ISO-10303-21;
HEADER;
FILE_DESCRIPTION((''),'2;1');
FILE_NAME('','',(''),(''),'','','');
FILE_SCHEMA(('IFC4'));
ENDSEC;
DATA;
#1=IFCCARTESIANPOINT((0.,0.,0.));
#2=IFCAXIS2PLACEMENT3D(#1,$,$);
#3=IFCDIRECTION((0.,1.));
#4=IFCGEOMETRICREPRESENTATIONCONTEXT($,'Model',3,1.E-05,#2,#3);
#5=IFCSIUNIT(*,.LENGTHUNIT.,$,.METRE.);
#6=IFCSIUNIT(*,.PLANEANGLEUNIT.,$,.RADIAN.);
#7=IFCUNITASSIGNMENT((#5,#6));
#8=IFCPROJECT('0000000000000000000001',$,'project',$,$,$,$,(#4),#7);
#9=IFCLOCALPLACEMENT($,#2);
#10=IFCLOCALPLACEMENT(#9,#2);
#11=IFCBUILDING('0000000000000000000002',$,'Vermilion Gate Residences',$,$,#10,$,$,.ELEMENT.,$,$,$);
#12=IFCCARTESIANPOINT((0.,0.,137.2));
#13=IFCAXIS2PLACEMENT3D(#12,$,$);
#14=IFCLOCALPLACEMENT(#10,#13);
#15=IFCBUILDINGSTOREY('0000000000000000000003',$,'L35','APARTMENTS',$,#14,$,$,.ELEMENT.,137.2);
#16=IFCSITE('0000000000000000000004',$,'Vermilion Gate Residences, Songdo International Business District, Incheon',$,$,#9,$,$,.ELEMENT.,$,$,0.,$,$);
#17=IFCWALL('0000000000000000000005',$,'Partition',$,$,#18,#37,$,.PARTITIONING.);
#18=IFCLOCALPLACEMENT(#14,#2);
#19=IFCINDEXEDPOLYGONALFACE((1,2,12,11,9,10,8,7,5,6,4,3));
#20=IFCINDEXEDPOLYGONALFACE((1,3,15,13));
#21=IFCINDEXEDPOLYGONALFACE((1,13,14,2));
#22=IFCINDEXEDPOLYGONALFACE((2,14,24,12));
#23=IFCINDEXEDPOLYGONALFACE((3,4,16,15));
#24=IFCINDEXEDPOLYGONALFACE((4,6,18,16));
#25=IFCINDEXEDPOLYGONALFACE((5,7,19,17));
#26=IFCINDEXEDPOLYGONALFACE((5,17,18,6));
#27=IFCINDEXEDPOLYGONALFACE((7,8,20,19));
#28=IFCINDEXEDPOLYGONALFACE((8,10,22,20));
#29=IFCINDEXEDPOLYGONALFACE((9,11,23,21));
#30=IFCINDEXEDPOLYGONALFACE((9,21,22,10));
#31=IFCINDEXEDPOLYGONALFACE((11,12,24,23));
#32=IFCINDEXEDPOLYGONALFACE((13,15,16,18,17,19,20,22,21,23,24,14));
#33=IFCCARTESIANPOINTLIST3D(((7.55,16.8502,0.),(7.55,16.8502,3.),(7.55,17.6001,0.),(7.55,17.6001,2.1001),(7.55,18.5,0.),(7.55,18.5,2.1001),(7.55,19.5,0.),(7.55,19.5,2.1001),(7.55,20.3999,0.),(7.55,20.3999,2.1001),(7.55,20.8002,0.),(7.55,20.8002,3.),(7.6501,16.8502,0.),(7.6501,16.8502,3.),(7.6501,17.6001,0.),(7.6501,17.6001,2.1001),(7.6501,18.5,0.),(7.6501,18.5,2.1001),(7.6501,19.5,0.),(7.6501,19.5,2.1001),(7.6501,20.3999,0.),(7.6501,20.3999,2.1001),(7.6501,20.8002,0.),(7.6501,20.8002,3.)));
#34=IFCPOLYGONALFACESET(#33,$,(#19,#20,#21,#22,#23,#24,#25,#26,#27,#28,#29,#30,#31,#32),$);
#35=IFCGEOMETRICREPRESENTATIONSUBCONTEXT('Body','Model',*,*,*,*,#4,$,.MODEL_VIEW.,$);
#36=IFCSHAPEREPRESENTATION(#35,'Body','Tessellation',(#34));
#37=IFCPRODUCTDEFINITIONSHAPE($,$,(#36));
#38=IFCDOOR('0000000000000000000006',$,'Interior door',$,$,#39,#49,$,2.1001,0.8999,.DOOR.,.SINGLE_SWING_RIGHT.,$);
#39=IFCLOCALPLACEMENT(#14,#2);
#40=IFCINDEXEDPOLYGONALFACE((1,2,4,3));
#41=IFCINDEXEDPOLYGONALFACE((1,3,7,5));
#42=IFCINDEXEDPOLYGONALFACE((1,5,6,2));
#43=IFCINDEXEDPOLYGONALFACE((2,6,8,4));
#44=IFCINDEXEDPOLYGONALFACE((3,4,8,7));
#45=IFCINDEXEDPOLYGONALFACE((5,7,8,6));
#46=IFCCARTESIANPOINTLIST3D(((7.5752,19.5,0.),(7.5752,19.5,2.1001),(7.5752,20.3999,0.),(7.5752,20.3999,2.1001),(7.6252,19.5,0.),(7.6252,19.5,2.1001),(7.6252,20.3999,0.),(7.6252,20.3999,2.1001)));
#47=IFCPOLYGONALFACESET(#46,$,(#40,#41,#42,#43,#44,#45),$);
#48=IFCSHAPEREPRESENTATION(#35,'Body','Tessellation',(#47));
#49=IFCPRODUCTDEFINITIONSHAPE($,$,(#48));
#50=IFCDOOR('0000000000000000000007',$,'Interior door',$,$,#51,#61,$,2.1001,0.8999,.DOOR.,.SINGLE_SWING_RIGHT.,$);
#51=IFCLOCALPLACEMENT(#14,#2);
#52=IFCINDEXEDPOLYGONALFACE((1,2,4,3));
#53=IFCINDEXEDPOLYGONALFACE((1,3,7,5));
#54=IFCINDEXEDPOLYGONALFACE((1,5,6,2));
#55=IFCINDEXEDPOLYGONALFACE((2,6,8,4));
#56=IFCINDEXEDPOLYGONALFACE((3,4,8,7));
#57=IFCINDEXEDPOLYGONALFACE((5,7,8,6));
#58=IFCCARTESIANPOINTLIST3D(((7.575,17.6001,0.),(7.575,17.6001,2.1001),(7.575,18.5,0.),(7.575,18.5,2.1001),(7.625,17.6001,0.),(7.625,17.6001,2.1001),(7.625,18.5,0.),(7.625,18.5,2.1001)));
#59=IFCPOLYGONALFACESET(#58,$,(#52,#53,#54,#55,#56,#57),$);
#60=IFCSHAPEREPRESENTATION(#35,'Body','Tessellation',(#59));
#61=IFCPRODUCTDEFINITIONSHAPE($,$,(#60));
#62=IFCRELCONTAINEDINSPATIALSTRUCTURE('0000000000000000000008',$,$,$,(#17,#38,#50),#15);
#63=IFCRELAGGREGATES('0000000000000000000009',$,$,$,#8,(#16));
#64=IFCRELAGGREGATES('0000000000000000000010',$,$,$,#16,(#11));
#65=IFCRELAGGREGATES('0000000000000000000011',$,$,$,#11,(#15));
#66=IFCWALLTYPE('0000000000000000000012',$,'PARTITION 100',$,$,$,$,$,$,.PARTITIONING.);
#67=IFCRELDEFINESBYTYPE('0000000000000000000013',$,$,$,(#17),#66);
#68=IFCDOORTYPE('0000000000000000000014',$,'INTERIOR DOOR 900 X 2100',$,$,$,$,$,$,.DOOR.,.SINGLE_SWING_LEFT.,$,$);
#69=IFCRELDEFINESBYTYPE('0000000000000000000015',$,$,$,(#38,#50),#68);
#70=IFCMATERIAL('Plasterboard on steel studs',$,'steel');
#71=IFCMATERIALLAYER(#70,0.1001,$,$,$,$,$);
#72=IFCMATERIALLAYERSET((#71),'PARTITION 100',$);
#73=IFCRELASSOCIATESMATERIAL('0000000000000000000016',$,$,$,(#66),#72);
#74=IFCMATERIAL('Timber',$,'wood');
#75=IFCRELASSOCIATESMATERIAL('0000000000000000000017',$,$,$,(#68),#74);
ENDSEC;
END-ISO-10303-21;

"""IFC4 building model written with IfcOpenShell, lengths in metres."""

from ifc_helpers import new_model, si_unit, direction, frame, frame_2d, origin, place, context, subcontext, project, spatial, rectangle, extrude, material, layer, layer_set, type_object, element, fill, save


model = new_model("IFC4")

# Units and contexts
model_context = context("Model", 3, precision=1e-05, world=origin(), true_north=direction((0.0, 1.0)))
body_context = subcontext(model_context, "Body", "Model", "MODEL_VIEW")
ifc_project = project(units=[si_unit("LENGTHUNIT", "METRE"), si_unit("PLANEANGLEUNIT", "RADIAN")], contexts=[model_context])

# Site, building, storey
site_placement = place(None, origin())
site = spatial("IfcSite", under=ifc_project, at=site_placement, Name="Vermilion Gate Residences, Songdo International Business District, Incheon", CompositionType="ELEMENT", RefElevation=0.0)
building_placement = place(site_placement, origin())
building = spatial("IfcBuilding", under=site, at=building_placement, Name="Vermilion Gate Residences", CompositionType="ELEMENT")
storey_placement = place(building_placement, frame((0.0, 0.0, 137.2)))
storey = spatial("IfcBuildingStorey", under=building, at=storey_placement, Name="L35", Description="APARTMENTS", CompositionType="ELEMENT", Elevation=137.2)

# Shared definitions
ifc_material_1 = material(Name="Plasterboard on steel studs", Category="steel")
ifc_layer_1 = layer(ifc_material_1, 0.1001)
ifc_layer_set_1 = layer_set([ifc_layer_1], Name="PARTITION 100")
wall_type_1 = type_object("IfcWallType", Name="PARTITION 100", PredefinedType="PARTITIONING", material=ifc_layer_set_1)

# Shared definitions
ifc_material_2 = material(Name="Timber", Category="wood")
door_type = type_object("IfcDoorType", Name="INTERIOR DOOR 900 X 2100", OperationType="SINGLE_SWING_LEFT", PredefinedType="DOOR", material=ifc_material_2)

# Wall, openings, doors
wall_1_placement = place(storey_placement, frame((7.6001, 16.8501, 0.0), z_axis=(0.0, 0.0, 1.0), x_axis=(0.0, 1.0, 0.0)))
wall_1 = element("IfcWall", 1, at=wall_1_placement, inside=storey, type_object=wall_type_1, Name="Partition", PredefinedType="PARTITIONING", context=body_context, shape_type="SweptSolid", body=[
    extrude(rectangle(XDim=3.95, YDim=0.1001, at=frame_2d((1.9751, 0.0))), origin(), (0.0, 0.0, 1.0), 3.0),
])
opening_1_placement = place(wall_1_placement, frame((2.6499, 0.0, 0.0)))
opening_1 = element("IfcOpeningElement", 2, at=opening_1_placement, cuts=wall_1, PredefinedType="OPENING", context=body_context, shape_type="SweptSolid", body=[
    extrude(rectangle(XDim=0.8999, YDim=2.1001, at=frame_2d((0.45, 1.05))), frame((0.0, 0.0601, 0.0), z_axis=(0.0, -1.0, 0.0), x_axis=(1.0, 0.0, 0.0)), (0.0, 0.0, 1.0), 0.1201),
])
opening_2_placement = place(wall_1_placement, frame((0.75, 0.0, 0.0)))
opening_2 = element("IfcOpeningElement", 3, at=opening_2_placement, cuts=wall_1, PredefinedType="OPENING", context=body_context, shape_type="SweptSolid", body=[
    extrude(rectangle(XDim=0.8999, YDim=2.1001, at=frame_2d((0.45, 1.05))), frame((0.0, 0.0601, 0.0), z_axis=(0.0, -1.0, 0.0), x_axis=(1.0, 0.0, 0.0)), (0.0, 0.0, 1.0), 0.1201),
])
door_1_placement = place(opening_1_placement, origin())
door_1 = element("IfcDoor", 4, at=door_1_placement, inside=storey, type_object=door_type, Name="Interior door", OperationType="SINGLE_SWING_RIGHT", OverallHeight=2.1001, OverallWidth=0.8999, PredefinedType="DOOR", context=body_context, shape_type="SweptSolid", body=[
    extrude(rectangle(XDim=0.8999, YDim=2.1001, at=frame_2d((0.45, 1.05))), frame((0.0, 0.0249, 0.0), z_axis=(0.0, -1.0, 0.0), x_axis=(1.0, 0.0, 0.0)), (0.0, 0.0, 1.0), 0.05),
])
fill(opening_1, door_1)
door_2_placement = place(opening_2_placement, frame((0.8999, 0.0, 0.0), z_axis=(0.0, 0.0, 1.0), x_axis=(-1.0, 0.0, 0.0)))
door_2 = element("IfcDoor", 5, at=door_2_placement, inside=storey, type_object=door_type, Name="Interior door", OperationType="SINGLE_SWING_RIGHT", OverallHeight=2.1001, OverallWidth=0.8999, PredefinedType="DOOR", context=body_context, shape_type="SweptSolid", body=[
    extrude(rectangle(XDim=0.8999, YDim=2.1001, at=frame_2d((0.45, 1.05))), frame((0.0, 0.0249, 0.0), z_axis=(0.0, -1.0, 0.0), x_axis=(1.0, 0.0, 0.0)), (0.0, 0.0, 1.0), 0.05),
])
fill(opening_2, door_2)

save(model, "model.ifc")
